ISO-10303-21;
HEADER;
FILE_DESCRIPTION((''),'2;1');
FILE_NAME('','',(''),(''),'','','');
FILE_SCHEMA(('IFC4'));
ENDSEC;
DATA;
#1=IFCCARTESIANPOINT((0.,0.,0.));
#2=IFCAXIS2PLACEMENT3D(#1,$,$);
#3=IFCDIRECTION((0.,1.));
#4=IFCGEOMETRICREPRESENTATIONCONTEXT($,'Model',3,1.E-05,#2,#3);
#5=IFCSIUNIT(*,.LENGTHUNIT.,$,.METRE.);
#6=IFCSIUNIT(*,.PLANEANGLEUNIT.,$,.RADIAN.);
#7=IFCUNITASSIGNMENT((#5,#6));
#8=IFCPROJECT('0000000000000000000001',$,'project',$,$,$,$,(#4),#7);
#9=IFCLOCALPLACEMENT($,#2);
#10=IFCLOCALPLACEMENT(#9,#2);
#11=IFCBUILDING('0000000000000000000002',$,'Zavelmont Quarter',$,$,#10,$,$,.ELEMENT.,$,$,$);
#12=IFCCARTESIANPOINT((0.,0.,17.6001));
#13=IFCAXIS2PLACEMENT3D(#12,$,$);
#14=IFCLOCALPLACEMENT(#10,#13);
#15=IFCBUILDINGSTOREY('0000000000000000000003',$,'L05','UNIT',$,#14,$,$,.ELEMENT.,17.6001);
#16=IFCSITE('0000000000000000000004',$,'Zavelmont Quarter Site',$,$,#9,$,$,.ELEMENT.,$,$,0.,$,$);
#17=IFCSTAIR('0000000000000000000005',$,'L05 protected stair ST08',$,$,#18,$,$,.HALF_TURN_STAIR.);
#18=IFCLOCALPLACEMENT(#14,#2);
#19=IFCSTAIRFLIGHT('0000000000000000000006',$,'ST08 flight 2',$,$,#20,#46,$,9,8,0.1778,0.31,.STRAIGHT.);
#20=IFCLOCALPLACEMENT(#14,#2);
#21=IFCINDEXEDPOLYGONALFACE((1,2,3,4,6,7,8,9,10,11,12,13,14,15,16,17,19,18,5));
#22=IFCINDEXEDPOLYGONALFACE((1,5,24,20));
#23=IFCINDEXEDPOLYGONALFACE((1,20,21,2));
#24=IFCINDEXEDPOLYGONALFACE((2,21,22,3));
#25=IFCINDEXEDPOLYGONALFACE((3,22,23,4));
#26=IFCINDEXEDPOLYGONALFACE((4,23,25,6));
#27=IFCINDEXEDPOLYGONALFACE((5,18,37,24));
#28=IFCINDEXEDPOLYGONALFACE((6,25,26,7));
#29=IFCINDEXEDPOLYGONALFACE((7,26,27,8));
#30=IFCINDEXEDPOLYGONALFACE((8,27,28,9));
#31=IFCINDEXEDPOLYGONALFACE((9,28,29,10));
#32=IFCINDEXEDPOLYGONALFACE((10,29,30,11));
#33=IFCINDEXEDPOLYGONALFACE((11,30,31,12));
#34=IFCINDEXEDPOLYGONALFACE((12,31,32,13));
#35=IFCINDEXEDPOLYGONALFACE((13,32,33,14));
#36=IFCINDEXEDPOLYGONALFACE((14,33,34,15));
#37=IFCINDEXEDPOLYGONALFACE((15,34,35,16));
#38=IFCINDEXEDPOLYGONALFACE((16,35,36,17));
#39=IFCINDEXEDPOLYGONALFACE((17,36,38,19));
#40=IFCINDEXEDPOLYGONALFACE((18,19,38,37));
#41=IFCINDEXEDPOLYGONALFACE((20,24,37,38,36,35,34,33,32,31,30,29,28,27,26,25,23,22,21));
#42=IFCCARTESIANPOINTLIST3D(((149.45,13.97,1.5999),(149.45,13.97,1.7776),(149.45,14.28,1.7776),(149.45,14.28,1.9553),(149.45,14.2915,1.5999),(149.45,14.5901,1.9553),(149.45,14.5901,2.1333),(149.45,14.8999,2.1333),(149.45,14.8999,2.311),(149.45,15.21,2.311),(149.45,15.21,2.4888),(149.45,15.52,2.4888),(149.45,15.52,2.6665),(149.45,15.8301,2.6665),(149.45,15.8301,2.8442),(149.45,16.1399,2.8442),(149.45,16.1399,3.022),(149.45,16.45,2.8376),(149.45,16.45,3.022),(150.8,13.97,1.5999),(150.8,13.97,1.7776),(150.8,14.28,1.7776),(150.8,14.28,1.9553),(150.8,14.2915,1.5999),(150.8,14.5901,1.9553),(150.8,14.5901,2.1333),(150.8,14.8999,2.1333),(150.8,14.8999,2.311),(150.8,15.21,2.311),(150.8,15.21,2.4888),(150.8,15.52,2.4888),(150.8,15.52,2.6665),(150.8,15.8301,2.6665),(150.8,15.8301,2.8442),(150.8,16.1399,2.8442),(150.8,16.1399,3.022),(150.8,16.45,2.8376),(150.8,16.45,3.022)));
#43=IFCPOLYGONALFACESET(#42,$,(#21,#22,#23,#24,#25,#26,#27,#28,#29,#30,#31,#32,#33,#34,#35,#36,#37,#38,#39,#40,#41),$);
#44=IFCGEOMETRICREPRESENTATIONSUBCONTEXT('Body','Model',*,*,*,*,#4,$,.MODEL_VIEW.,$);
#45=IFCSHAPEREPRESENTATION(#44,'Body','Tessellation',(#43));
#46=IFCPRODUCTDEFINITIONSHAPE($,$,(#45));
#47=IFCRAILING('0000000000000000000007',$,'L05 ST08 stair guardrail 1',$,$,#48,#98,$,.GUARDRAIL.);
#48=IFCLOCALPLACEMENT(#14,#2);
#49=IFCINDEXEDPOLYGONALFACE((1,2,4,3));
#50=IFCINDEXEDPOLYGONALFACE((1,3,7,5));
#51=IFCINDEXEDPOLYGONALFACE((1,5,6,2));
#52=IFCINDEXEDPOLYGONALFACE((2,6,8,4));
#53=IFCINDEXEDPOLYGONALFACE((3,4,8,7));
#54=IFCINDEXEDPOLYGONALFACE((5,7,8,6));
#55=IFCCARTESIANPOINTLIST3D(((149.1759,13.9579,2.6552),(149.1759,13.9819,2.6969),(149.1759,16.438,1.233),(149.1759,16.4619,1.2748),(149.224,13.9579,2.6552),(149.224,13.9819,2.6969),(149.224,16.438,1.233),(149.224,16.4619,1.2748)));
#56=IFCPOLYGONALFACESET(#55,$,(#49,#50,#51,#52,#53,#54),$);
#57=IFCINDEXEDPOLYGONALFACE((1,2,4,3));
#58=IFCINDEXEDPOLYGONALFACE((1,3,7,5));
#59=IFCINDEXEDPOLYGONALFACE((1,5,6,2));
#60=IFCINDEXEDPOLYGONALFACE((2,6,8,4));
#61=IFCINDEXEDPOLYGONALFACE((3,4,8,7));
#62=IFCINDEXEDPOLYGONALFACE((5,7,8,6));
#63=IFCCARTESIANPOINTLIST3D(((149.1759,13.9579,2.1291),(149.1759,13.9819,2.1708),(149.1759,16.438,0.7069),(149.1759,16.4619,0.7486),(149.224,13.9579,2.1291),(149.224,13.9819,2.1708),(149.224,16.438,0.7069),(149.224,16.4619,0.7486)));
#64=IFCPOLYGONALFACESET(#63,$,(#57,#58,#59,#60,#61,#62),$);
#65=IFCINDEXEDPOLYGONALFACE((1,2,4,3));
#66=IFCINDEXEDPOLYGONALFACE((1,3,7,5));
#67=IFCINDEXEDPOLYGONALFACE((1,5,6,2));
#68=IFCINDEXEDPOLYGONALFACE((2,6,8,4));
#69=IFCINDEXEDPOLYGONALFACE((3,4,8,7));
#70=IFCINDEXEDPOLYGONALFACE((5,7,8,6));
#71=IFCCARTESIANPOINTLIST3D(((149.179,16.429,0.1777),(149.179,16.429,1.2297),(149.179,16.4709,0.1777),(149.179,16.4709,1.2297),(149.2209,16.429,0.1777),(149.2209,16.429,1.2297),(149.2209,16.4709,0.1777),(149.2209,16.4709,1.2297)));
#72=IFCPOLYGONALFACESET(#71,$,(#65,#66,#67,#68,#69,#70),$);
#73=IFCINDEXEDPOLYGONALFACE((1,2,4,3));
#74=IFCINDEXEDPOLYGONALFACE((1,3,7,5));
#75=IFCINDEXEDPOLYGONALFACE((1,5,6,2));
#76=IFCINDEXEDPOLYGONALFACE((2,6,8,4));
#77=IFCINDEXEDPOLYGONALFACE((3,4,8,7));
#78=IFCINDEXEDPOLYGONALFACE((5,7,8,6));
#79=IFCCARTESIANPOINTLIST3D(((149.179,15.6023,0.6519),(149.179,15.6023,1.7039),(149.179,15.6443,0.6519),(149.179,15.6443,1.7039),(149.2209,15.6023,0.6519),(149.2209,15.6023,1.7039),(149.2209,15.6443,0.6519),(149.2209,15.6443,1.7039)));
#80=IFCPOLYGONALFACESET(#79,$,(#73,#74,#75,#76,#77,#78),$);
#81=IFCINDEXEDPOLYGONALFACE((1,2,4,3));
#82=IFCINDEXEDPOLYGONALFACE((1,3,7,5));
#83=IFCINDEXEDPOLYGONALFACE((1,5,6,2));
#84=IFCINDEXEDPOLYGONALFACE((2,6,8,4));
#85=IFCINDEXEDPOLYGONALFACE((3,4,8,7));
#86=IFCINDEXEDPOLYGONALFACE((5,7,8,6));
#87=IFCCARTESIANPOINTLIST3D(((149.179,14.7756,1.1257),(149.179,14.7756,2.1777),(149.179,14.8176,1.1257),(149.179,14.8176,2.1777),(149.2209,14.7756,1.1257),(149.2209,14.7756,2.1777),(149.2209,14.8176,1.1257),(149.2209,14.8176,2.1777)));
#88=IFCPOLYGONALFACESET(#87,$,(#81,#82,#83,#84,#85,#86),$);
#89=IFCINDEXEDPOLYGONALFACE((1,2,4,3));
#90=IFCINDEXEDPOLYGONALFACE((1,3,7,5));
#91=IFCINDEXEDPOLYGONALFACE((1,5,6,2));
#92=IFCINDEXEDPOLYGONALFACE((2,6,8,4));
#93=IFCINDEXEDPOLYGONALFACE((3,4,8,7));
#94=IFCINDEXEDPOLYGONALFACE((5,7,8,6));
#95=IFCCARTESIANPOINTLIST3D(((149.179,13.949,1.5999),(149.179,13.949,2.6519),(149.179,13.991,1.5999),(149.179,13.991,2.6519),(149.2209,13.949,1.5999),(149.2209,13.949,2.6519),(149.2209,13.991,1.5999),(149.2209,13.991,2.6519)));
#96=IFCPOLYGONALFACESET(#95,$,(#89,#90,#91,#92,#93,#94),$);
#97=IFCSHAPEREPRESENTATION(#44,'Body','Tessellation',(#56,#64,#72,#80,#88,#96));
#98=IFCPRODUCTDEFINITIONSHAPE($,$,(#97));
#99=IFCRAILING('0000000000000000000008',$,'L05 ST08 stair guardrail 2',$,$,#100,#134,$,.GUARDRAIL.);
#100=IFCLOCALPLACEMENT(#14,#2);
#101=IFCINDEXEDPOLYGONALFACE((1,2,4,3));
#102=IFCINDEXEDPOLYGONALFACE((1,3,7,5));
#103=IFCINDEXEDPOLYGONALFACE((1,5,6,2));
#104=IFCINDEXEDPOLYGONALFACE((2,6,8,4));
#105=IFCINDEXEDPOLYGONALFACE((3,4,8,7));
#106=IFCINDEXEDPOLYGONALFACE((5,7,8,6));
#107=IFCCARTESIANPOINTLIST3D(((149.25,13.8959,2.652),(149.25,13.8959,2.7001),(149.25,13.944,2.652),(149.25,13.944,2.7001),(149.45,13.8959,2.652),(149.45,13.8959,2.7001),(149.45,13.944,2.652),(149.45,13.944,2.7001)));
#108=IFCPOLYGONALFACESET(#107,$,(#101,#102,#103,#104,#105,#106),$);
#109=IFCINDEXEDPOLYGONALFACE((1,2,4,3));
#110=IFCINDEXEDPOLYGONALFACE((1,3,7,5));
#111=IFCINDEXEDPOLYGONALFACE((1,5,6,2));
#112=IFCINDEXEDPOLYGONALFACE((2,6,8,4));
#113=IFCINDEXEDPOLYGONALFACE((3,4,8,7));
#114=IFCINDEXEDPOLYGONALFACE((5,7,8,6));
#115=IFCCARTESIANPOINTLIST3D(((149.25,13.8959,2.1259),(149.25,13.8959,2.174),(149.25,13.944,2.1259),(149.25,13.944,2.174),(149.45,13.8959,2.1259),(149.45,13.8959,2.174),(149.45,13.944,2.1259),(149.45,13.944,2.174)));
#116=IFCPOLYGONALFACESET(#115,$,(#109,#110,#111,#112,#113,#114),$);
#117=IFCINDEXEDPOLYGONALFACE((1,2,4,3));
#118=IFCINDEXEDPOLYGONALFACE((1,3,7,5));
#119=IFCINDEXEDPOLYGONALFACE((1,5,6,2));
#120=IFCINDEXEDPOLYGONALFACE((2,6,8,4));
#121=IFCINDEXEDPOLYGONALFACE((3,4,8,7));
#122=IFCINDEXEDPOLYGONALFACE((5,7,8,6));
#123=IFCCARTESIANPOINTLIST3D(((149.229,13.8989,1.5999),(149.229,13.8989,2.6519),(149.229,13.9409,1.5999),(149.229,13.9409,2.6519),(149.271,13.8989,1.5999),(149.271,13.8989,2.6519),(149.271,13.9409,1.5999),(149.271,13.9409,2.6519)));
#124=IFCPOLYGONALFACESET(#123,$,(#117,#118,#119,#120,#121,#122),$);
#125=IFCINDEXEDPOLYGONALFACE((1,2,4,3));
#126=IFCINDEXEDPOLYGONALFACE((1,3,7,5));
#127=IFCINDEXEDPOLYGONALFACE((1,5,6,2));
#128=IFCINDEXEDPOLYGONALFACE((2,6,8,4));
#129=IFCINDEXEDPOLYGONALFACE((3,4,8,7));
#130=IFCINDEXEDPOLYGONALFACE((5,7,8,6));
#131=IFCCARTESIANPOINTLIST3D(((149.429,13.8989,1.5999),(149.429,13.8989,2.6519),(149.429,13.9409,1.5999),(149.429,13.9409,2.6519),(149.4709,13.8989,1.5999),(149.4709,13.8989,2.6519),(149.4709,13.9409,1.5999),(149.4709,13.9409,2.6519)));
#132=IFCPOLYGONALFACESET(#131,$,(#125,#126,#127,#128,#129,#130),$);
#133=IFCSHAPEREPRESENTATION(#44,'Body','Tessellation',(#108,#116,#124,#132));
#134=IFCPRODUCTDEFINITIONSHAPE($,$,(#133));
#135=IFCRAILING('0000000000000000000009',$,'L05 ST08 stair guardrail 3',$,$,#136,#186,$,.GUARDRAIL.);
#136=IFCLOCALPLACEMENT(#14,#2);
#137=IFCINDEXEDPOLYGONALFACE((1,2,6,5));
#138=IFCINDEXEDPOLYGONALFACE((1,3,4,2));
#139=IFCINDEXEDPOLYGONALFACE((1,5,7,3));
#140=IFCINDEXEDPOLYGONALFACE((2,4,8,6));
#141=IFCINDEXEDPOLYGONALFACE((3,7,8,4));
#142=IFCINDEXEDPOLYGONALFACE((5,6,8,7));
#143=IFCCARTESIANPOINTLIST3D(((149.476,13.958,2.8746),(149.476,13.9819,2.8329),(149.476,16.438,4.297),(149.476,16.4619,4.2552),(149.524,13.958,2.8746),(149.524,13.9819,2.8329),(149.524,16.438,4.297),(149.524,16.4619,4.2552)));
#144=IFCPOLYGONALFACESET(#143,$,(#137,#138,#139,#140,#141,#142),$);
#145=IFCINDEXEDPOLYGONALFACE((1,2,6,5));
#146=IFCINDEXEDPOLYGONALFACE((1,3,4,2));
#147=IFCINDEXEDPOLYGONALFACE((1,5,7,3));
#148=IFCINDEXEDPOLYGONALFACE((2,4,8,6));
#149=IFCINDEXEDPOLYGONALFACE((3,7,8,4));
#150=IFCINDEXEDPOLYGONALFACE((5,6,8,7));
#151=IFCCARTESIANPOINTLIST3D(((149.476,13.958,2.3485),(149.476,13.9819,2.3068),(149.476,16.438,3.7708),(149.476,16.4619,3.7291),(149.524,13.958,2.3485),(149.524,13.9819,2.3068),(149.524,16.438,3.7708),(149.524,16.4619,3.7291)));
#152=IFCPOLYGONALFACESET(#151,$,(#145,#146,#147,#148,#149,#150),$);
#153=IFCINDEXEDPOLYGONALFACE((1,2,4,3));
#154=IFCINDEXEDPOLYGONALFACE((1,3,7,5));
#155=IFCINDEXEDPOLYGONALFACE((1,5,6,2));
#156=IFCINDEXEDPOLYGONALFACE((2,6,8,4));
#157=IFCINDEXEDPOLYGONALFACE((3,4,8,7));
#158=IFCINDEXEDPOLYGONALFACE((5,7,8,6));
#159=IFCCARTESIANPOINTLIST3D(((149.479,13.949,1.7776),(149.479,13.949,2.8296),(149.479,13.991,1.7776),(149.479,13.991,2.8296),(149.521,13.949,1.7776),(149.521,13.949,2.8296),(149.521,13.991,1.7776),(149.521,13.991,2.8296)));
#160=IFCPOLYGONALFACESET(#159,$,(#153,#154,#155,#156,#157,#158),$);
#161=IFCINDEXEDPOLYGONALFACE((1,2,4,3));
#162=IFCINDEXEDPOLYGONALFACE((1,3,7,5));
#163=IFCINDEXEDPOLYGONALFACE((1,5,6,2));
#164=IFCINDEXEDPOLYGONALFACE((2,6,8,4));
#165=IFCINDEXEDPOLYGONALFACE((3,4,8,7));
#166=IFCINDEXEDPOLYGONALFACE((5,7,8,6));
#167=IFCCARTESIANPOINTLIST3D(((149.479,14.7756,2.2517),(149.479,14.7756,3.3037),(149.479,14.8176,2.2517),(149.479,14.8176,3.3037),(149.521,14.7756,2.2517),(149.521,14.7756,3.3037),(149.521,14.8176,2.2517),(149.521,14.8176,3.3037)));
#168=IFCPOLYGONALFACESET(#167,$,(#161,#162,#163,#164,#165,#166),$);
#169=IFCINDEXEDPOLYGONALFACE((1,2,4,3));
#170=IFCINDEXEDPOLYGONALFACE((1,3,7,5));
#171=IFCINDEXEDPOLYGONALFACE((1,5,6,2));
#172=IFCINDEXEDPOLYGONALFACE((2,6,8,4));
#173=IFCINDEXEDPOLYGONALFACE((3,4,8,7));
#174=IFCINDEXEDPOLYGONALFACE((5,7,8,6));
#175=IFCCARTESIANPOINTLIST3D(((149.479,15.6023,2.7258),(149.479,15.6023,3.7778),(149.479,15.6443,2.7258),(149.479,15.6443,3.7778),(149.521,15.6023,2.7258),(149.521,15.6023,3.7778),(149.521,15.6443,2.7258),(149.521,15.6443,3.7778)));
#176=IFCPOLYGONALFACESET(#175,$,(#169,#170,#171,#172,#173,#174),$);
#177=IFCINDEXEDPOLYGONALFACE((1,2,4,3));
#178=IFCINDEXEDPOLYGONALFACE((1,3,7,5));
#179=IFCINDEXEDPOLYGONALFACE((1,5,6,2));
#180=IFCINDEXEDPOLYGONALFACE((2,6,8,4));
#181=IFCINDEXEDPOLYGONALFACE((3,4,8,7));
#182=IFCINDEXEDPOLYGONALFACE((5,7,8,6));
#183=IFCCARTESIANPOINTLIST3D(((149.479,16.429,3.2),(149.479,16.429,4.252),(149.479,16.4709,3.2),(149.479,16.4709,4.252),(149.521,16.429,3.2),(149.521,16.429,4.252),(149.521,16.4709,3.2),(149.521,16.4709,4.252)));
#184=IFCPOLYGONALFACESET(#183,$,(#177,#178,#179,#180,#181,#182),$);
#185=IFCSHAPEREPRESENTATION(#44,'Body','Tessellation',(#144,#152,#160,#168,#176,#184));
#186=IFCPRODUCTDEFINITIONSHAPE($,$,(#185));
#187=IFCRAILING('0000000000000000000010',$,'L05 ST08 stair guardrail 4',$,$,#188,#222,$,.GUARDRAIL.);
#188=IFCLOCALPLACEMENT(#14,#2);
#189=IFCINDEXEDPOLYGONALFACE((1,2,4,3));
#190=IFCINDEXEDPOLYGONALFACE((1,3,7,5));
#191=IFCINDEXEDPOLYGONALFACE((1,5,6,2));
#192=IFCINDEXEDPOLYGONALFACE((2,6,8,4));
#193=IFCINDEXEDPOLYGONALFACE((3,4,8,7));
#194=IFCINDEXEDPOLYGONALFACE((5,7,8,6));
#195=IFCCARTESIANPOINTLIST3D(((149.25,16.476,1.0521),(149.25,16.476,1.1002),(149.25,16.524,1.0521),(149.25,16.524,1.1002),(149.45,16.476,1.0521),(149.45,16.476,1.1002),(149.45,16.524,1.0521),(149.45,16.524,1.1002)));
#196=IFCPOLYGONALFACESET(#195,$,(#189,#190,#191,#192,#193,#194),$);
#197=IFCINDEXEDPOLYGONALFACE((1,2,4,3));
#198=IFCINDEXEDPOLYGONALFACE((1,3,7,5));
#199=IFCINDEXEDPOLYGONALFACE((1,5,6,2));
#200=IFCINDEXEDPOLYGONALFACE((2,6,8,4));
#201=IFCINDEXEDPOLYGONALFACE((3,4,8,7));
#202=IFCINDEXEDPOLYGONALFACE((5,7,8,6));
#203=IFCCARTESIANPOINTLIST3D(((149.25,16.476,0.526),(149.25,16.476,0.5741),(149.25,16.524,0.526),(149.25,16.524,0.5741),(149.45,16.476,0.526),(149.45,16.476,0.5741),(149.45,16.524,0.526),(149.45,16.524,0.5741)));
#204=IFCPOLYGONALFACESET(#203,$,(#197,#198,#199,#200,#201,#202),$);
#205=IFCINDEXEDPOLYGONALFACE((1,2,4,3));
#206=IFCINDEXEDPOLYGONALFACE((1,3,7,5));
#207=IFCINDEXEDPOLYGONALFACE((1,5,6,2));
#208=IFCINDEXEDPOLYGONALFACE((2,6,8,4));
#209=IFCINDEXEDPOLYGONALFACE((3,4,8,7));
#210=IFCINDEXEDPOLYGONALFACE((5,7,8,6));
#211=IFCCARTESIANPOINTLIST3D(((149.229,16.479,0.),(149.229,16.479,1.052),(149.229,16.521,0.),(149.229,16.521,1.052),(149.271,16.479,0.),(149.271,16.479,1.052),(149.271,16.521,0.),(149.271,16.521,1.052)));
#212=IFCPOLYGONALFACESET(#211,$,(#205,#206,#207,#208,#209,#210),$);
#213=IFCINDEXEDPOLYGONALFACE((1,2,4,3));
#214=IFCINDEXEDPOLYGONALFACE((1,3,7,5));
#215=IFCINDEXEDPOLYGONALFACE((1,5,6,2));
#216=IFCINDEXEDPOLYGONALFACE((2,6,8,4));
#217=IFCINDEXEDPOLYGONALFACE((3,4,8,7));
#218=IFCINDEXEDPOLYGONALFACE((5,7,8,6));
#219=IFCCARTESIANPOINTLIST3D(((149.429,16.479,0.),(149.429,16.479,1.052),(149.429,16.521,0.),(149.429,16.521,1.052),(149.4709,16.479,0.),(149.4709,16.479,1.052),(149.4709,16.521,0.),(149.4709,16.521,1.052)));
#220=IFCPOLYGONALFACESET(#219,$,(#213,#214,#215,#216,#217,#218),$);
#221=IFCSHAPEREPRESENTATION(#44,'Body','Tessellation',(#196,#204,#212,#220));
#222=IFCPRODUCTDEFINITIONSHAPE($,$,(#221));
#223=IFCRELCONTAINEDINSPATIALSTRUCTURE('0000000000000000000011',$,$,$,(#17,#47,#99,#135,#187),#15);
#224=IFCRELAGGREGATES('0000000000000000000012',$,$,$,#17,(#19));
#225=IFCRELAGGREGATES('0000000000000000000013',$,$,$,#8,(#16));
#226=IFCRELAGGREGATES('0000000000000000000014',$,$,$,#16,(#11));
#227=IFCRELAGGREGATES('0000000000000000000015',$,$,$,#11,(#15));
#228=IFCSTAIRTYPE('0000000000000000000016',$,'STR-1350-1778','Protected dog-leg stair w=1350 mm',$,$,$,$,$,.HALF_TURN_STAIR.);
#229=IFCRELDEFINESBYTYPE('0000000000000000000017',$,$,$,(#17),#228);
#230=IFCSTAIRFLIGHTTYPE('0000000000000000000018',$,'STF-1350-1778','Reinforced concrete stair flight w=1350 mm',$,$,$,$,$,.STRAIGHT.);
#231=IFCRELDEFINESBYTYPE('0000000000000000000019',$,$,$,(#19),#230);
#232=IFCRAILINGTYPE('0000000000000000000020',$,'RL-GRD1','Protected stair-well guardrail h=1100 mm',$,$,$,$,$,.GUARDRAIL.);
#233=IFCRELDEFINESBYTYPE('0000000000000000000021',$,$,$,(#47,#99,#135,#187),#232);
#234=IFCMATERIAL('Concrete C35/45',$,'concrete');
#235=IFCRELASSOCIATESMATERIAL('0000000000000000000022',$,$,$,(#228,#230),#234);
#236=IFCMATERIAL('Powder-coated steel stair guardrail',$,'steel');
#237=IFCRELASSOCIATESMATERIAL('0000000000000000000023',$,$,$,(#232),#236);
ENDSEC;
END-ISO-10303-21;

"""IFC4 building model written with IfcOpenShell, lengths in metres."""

from ifc_helpers import new_model, si_unit, direction, frame, origin, origin_2d, place, context, subcontext, project, spatial, polyline, rectangle, outline, extrude, material, type_object, element, aggregate, save


model = new_model("IFC4")

# Units and contexts
model_context = context("Model", 3, precision=1e-05, world=origin(), true_north=direction((0.0, 1.0)))
body_context = subcontext(model_context, "Body", "Model", "MODEL_VIEW")
ifc_project = project(units=[si_unit("LENGTHUNIT", "METRE"), si_unit("PLANEANGLEUNIT", "RADIAN")], contexts=[model_context])

# Site, building, storey
site_placement = place(None, origin())
site = spatial("IfcSite", under=ifc_project, at=site_placement, Name="Zavelmont Quarter Site", CompositionType="ELEMENT", RefElevation=0.0)
building_placement = place(site_placement, origin())
building = spatial("IfcBuilding", under=site, at=building_placement, Name="Zavelmont Quarter", CompositionType="ELEMENT")
storey_placement = place(building_placement, frame((0.0, 0.0, 17.6001)))
storey = spatial("IfcBuildingStorey", under=building, at=storey_placement, Name="L05", Description="UNIT", CompositionType="ELEMENT", Elevation=17.6001)

# Shared definitions
ifc_material_1 = material(Name="Concrete C35/45", Category="concrete")

# Stair, stair flight
stair_type = type_object("IfcStairType", Name="STR-1350-1778", Description="Protected dog-leg stair w=1350 mm", PredefinedType="HALF_TURN_STAIR", material=ifc_material_1)
stair_placement = place(storey_placement, origin())
stair = element("IfcStair", 1, at=stair_placement, inside=storey, type_object=stair_type, Name="L05 protected stair ST08", PredefinedType="HALF_TURN_STAIR")
stair_flight_type = type_object("IfcStairFlightType", Name="STF-1350-1778", Description="Reinforced concrete stair flight w=1350 mm", PredefinedType="STRAIGHT", material=ifc_material_1)
stair_flight_1_placement = place(storey_placement, frame((150.125, 13.97, 1.5999), z_axis=(0.0, 0.0, 1.0), x_axis=(0.0, 1.0, 0.0)))
stair_flight_1 = element("IfcStairFlight", 2, at=stair_flight_1_placement, type_object=stair_flight_type, Name="ST08 flight 2", NumberOfRisers=9, NumberOfTreads=8, PredefinedType="STRAIGHT", RiserHeight=0.1778, TreadLength=0.31, context=body_context, shape_type="SweptSolid", body=[
    extrude(outline(polyline([(0.0, 0.0), (0.0, 0.1777), (0.3101, 0.1777), (0.3101, 0.3555), (0.6201, 0.3555), (0.6201, 0.5334), (0.9299, 0.5334), (0.9299, 0.7112), (1.24, 0.7112), (1.24, 0.8889), (1.55, 0.8889), (1.55, 1.0667), (1.8601, 1.0667), (1.8601, 1.2444), (2.1699, 1.2444), (2.1699, 1.4221), (2.48, 1.4221), (2.48, 1.6001), (2.48, 1.2378), (0.3215, 0.0), (0.0, 0.0)])), frame((0.0, 0.675, 0.0), z_axis=(0.0, -1.0, 0.0), x_axis=(1.0, 0.0, 0.0)), (0.0, 0.0, 1.0), 1.3501),
])
aggregate(stair, [stair_flight_1])

# Railings
ifc_material_2 = material(Name="Powder-coated steel stair guardrail", Category="steel")
railing_type_1 = type_object("IfcRailingType", Name="RL-GRD1", Description="Protected stair-well guardrail h=1100 mm", PredefinedType="GUARDRAIL", material=ifc_material_2)
railing_1_placement = place(storey_placement, frame((149.2, 16.45, 0.1777)))
element("IfcRailing", 3, at=railing_1_placement, inside=storey, type_object=railing_type_1, Name="L05 ST08 stair guardrail 1", PredefinedType="GUARDRAIL", context=body_context, shape_type="SweptSolid", body=[
    extrude(rectangle(XDim=0.0481, YDim=0.0481, at=origin_2d()), frame((0.0, 0.0, 1.0762), z_axis=(0.0, -0.867491, 0.497454), x_axis=(1.0, 0.0, 0.0)), (0.0, 0.0, 1.0), 2.8589),
    extrude(rectangle(XDim=0.0481, YDim=0.0481, at=origin_2d()), frame((0.0, 0.0, 0.55), z_axis=(0.0, -0.867491, 0.497454), x_axis=(1.0, 0.0, 0.0)), (0.0, 0.0, 1.0), 2.8589),
    extrude(rectangle(XDim=0.042, YDim=0.042, at=origin_2d()), origin(), (0.0, 0.0, 1.0), 1.052),
    extrude(rectangle(XDim=0.042, YDim=0.042, at=origin_2d()), frame((0.0, -0.8267, 0.4741)), (0.0, 0.0, 1.0), 1.052),
    extrude(rectangle(XDim=0.042, YDim=0.042, at=origin_2d()), frame((0.0, -1.6533, 0.948)), (0.0, 0.0, 1.0), 1.052),
    extrude(rectangle(XDim=0.042, YDim=0.042, at=origin_2d()), frame((0.0, -2.48, 1.4221)), (0.0, 0.0, 1.0), 1.052),
])
railing_2_placement = place(storey_placement, frame((149.25, 13.9199, 1.5999)))
element("IfcRailing", 4, at=railing_2_placement, inside=storey, type_object=railing_type_1, Name="L05 ST08 stair guardrail 2", PredefinedType="GUARDRAIL", context=body_context, shape_type="SweptSolid", body=[
    extrude(rectangle(XDim=0.0481, YDim=0.0481, at=origin_2d()), frame((0.0, 0.0, 1.0762), z_axis=(1.0, 0.0, 0.0), x_axis=(0.0, 1.0, 0.0)), (0.0, 0.0, 1.0), 0.2),
    extrude(rectangle(XDim=0.0481, YDim=0.0481, at=origin_2d()), frame((0.0, 0.0, 0.55), z_axis=(1.0, 0.0, 0.0), x_axis=(0.0, 1.0, 0.0)), (0.0, 0.0, 1.0), 0.2),
    extrude(rectangle(XDim=0.042, YDim=0.042, at=origin_2d()), origin(), (0.0, 0.0, 1.0), 1.052),
    extrude(rectangle(XDim=0.042, YDim=0.042, at=origin_2d()), frame((0.2, 0.0, 0.0)), (0.0, 0.0, 1.0), 1.052),
])
railing_3_placement = place(storey_placement, frame((149.5, 13.97, 1.7776)))
element("IfcRailing", 5, at=railing_3_placement, inside=storey, type_object=railing_type_1, Name="L05 ST08 stair guardrail 3", PredefinedType="GUARDRAIL", context=body_context, shape_type="SweptSolid", body=[
    extrude(rectangle(XDim=0.0481, YDim=0.0481, at=origin_2d()), frame((0.0, 0.0, 1.0762), z_axis=(0.0, 0.867454, 0.497518), x_axis=(-1.0, 0.0, 0.0)), (0.0, 0.0, 1.0), 2.8589),
    extrude(rectangle(XDim=0.0481, YDim=0.0481, at=origin_2d()), frame((0.0, 0.0, 0.55), z_axis=(0.0, 0.867454, 0.497518), x_axis=(-1.0, 0.0, 0.0)), (0.0, 0.0, 1.0), 2.8589),
    extrude(rectangle(XDim=0.042, YDim=0.042, at=origin_2d()), origin(), (0.0, 0.0, 1.0), 1.052),
    extrude(rectangle(XDim=0.042, YDim=0.042, at=origin_2d()), frame((0.0, 0.8267, 0.4741)), (0.0, 0.0, 1.0), 1.052),
    extrude(rectangle(XDim=0.042, YDim=0.042, at=origin_2d()), frame((0.0, 1.6533, 0.9482)), (0.0, 0.0, 1.0), 1.052),
    extrude(rectangle(XDim=0.042, YDim=0.042, at=origin_2d()), frame((0.0, 2.48, 1.4224)), (0.0, 0.0, 1.0), 1.052),
])
railing_4_placement = place(storey_placement, frame((149.25, 16.5, 0.0)))
element("IfcRailing", 6, at=railing_4_placement, inside=storey, type_object=railing_type_1, Name="L05 ST08 stair guardrail 4", PredefinedType="GUARDRAIL", context=body_context, shape_type="SweptSolid", body=[
    extrude(rectangle(XDim=0.0481, YDim=0.0481, at=origin_2d()), frame((0.0, 0.0, 1.0762), z_axis=(1.0, 0.0, 0.0), x_axis=(0.0, 1.0, 0.0)), (0.0, 0.0, 1.0), 0.2),
    extrude(rectangle(XDim=0.0481, YDim=0.0481, at=origin_2d()), frame((0.0, 0.0, 0.55), z_axis=(1.0, 0.0, 0.0), x_axis=(0.0, 1.0, 0.0)), (0.0, 0.0, 1.0), 0.2),
    extrude(rectangle(XDim=0.042, YDim=0.042, at=origin_2d()), origin(), (0.0, 0.0, 1.0), 1.052),
    extrude(rectangle(XDim=0.042, YDim=0.042, at=origin_2d()), frame((0.2, 0.0, 0.0)), (0.0, 0.0, 1.0), 1.052),
])

save(model, "model.ifc")
